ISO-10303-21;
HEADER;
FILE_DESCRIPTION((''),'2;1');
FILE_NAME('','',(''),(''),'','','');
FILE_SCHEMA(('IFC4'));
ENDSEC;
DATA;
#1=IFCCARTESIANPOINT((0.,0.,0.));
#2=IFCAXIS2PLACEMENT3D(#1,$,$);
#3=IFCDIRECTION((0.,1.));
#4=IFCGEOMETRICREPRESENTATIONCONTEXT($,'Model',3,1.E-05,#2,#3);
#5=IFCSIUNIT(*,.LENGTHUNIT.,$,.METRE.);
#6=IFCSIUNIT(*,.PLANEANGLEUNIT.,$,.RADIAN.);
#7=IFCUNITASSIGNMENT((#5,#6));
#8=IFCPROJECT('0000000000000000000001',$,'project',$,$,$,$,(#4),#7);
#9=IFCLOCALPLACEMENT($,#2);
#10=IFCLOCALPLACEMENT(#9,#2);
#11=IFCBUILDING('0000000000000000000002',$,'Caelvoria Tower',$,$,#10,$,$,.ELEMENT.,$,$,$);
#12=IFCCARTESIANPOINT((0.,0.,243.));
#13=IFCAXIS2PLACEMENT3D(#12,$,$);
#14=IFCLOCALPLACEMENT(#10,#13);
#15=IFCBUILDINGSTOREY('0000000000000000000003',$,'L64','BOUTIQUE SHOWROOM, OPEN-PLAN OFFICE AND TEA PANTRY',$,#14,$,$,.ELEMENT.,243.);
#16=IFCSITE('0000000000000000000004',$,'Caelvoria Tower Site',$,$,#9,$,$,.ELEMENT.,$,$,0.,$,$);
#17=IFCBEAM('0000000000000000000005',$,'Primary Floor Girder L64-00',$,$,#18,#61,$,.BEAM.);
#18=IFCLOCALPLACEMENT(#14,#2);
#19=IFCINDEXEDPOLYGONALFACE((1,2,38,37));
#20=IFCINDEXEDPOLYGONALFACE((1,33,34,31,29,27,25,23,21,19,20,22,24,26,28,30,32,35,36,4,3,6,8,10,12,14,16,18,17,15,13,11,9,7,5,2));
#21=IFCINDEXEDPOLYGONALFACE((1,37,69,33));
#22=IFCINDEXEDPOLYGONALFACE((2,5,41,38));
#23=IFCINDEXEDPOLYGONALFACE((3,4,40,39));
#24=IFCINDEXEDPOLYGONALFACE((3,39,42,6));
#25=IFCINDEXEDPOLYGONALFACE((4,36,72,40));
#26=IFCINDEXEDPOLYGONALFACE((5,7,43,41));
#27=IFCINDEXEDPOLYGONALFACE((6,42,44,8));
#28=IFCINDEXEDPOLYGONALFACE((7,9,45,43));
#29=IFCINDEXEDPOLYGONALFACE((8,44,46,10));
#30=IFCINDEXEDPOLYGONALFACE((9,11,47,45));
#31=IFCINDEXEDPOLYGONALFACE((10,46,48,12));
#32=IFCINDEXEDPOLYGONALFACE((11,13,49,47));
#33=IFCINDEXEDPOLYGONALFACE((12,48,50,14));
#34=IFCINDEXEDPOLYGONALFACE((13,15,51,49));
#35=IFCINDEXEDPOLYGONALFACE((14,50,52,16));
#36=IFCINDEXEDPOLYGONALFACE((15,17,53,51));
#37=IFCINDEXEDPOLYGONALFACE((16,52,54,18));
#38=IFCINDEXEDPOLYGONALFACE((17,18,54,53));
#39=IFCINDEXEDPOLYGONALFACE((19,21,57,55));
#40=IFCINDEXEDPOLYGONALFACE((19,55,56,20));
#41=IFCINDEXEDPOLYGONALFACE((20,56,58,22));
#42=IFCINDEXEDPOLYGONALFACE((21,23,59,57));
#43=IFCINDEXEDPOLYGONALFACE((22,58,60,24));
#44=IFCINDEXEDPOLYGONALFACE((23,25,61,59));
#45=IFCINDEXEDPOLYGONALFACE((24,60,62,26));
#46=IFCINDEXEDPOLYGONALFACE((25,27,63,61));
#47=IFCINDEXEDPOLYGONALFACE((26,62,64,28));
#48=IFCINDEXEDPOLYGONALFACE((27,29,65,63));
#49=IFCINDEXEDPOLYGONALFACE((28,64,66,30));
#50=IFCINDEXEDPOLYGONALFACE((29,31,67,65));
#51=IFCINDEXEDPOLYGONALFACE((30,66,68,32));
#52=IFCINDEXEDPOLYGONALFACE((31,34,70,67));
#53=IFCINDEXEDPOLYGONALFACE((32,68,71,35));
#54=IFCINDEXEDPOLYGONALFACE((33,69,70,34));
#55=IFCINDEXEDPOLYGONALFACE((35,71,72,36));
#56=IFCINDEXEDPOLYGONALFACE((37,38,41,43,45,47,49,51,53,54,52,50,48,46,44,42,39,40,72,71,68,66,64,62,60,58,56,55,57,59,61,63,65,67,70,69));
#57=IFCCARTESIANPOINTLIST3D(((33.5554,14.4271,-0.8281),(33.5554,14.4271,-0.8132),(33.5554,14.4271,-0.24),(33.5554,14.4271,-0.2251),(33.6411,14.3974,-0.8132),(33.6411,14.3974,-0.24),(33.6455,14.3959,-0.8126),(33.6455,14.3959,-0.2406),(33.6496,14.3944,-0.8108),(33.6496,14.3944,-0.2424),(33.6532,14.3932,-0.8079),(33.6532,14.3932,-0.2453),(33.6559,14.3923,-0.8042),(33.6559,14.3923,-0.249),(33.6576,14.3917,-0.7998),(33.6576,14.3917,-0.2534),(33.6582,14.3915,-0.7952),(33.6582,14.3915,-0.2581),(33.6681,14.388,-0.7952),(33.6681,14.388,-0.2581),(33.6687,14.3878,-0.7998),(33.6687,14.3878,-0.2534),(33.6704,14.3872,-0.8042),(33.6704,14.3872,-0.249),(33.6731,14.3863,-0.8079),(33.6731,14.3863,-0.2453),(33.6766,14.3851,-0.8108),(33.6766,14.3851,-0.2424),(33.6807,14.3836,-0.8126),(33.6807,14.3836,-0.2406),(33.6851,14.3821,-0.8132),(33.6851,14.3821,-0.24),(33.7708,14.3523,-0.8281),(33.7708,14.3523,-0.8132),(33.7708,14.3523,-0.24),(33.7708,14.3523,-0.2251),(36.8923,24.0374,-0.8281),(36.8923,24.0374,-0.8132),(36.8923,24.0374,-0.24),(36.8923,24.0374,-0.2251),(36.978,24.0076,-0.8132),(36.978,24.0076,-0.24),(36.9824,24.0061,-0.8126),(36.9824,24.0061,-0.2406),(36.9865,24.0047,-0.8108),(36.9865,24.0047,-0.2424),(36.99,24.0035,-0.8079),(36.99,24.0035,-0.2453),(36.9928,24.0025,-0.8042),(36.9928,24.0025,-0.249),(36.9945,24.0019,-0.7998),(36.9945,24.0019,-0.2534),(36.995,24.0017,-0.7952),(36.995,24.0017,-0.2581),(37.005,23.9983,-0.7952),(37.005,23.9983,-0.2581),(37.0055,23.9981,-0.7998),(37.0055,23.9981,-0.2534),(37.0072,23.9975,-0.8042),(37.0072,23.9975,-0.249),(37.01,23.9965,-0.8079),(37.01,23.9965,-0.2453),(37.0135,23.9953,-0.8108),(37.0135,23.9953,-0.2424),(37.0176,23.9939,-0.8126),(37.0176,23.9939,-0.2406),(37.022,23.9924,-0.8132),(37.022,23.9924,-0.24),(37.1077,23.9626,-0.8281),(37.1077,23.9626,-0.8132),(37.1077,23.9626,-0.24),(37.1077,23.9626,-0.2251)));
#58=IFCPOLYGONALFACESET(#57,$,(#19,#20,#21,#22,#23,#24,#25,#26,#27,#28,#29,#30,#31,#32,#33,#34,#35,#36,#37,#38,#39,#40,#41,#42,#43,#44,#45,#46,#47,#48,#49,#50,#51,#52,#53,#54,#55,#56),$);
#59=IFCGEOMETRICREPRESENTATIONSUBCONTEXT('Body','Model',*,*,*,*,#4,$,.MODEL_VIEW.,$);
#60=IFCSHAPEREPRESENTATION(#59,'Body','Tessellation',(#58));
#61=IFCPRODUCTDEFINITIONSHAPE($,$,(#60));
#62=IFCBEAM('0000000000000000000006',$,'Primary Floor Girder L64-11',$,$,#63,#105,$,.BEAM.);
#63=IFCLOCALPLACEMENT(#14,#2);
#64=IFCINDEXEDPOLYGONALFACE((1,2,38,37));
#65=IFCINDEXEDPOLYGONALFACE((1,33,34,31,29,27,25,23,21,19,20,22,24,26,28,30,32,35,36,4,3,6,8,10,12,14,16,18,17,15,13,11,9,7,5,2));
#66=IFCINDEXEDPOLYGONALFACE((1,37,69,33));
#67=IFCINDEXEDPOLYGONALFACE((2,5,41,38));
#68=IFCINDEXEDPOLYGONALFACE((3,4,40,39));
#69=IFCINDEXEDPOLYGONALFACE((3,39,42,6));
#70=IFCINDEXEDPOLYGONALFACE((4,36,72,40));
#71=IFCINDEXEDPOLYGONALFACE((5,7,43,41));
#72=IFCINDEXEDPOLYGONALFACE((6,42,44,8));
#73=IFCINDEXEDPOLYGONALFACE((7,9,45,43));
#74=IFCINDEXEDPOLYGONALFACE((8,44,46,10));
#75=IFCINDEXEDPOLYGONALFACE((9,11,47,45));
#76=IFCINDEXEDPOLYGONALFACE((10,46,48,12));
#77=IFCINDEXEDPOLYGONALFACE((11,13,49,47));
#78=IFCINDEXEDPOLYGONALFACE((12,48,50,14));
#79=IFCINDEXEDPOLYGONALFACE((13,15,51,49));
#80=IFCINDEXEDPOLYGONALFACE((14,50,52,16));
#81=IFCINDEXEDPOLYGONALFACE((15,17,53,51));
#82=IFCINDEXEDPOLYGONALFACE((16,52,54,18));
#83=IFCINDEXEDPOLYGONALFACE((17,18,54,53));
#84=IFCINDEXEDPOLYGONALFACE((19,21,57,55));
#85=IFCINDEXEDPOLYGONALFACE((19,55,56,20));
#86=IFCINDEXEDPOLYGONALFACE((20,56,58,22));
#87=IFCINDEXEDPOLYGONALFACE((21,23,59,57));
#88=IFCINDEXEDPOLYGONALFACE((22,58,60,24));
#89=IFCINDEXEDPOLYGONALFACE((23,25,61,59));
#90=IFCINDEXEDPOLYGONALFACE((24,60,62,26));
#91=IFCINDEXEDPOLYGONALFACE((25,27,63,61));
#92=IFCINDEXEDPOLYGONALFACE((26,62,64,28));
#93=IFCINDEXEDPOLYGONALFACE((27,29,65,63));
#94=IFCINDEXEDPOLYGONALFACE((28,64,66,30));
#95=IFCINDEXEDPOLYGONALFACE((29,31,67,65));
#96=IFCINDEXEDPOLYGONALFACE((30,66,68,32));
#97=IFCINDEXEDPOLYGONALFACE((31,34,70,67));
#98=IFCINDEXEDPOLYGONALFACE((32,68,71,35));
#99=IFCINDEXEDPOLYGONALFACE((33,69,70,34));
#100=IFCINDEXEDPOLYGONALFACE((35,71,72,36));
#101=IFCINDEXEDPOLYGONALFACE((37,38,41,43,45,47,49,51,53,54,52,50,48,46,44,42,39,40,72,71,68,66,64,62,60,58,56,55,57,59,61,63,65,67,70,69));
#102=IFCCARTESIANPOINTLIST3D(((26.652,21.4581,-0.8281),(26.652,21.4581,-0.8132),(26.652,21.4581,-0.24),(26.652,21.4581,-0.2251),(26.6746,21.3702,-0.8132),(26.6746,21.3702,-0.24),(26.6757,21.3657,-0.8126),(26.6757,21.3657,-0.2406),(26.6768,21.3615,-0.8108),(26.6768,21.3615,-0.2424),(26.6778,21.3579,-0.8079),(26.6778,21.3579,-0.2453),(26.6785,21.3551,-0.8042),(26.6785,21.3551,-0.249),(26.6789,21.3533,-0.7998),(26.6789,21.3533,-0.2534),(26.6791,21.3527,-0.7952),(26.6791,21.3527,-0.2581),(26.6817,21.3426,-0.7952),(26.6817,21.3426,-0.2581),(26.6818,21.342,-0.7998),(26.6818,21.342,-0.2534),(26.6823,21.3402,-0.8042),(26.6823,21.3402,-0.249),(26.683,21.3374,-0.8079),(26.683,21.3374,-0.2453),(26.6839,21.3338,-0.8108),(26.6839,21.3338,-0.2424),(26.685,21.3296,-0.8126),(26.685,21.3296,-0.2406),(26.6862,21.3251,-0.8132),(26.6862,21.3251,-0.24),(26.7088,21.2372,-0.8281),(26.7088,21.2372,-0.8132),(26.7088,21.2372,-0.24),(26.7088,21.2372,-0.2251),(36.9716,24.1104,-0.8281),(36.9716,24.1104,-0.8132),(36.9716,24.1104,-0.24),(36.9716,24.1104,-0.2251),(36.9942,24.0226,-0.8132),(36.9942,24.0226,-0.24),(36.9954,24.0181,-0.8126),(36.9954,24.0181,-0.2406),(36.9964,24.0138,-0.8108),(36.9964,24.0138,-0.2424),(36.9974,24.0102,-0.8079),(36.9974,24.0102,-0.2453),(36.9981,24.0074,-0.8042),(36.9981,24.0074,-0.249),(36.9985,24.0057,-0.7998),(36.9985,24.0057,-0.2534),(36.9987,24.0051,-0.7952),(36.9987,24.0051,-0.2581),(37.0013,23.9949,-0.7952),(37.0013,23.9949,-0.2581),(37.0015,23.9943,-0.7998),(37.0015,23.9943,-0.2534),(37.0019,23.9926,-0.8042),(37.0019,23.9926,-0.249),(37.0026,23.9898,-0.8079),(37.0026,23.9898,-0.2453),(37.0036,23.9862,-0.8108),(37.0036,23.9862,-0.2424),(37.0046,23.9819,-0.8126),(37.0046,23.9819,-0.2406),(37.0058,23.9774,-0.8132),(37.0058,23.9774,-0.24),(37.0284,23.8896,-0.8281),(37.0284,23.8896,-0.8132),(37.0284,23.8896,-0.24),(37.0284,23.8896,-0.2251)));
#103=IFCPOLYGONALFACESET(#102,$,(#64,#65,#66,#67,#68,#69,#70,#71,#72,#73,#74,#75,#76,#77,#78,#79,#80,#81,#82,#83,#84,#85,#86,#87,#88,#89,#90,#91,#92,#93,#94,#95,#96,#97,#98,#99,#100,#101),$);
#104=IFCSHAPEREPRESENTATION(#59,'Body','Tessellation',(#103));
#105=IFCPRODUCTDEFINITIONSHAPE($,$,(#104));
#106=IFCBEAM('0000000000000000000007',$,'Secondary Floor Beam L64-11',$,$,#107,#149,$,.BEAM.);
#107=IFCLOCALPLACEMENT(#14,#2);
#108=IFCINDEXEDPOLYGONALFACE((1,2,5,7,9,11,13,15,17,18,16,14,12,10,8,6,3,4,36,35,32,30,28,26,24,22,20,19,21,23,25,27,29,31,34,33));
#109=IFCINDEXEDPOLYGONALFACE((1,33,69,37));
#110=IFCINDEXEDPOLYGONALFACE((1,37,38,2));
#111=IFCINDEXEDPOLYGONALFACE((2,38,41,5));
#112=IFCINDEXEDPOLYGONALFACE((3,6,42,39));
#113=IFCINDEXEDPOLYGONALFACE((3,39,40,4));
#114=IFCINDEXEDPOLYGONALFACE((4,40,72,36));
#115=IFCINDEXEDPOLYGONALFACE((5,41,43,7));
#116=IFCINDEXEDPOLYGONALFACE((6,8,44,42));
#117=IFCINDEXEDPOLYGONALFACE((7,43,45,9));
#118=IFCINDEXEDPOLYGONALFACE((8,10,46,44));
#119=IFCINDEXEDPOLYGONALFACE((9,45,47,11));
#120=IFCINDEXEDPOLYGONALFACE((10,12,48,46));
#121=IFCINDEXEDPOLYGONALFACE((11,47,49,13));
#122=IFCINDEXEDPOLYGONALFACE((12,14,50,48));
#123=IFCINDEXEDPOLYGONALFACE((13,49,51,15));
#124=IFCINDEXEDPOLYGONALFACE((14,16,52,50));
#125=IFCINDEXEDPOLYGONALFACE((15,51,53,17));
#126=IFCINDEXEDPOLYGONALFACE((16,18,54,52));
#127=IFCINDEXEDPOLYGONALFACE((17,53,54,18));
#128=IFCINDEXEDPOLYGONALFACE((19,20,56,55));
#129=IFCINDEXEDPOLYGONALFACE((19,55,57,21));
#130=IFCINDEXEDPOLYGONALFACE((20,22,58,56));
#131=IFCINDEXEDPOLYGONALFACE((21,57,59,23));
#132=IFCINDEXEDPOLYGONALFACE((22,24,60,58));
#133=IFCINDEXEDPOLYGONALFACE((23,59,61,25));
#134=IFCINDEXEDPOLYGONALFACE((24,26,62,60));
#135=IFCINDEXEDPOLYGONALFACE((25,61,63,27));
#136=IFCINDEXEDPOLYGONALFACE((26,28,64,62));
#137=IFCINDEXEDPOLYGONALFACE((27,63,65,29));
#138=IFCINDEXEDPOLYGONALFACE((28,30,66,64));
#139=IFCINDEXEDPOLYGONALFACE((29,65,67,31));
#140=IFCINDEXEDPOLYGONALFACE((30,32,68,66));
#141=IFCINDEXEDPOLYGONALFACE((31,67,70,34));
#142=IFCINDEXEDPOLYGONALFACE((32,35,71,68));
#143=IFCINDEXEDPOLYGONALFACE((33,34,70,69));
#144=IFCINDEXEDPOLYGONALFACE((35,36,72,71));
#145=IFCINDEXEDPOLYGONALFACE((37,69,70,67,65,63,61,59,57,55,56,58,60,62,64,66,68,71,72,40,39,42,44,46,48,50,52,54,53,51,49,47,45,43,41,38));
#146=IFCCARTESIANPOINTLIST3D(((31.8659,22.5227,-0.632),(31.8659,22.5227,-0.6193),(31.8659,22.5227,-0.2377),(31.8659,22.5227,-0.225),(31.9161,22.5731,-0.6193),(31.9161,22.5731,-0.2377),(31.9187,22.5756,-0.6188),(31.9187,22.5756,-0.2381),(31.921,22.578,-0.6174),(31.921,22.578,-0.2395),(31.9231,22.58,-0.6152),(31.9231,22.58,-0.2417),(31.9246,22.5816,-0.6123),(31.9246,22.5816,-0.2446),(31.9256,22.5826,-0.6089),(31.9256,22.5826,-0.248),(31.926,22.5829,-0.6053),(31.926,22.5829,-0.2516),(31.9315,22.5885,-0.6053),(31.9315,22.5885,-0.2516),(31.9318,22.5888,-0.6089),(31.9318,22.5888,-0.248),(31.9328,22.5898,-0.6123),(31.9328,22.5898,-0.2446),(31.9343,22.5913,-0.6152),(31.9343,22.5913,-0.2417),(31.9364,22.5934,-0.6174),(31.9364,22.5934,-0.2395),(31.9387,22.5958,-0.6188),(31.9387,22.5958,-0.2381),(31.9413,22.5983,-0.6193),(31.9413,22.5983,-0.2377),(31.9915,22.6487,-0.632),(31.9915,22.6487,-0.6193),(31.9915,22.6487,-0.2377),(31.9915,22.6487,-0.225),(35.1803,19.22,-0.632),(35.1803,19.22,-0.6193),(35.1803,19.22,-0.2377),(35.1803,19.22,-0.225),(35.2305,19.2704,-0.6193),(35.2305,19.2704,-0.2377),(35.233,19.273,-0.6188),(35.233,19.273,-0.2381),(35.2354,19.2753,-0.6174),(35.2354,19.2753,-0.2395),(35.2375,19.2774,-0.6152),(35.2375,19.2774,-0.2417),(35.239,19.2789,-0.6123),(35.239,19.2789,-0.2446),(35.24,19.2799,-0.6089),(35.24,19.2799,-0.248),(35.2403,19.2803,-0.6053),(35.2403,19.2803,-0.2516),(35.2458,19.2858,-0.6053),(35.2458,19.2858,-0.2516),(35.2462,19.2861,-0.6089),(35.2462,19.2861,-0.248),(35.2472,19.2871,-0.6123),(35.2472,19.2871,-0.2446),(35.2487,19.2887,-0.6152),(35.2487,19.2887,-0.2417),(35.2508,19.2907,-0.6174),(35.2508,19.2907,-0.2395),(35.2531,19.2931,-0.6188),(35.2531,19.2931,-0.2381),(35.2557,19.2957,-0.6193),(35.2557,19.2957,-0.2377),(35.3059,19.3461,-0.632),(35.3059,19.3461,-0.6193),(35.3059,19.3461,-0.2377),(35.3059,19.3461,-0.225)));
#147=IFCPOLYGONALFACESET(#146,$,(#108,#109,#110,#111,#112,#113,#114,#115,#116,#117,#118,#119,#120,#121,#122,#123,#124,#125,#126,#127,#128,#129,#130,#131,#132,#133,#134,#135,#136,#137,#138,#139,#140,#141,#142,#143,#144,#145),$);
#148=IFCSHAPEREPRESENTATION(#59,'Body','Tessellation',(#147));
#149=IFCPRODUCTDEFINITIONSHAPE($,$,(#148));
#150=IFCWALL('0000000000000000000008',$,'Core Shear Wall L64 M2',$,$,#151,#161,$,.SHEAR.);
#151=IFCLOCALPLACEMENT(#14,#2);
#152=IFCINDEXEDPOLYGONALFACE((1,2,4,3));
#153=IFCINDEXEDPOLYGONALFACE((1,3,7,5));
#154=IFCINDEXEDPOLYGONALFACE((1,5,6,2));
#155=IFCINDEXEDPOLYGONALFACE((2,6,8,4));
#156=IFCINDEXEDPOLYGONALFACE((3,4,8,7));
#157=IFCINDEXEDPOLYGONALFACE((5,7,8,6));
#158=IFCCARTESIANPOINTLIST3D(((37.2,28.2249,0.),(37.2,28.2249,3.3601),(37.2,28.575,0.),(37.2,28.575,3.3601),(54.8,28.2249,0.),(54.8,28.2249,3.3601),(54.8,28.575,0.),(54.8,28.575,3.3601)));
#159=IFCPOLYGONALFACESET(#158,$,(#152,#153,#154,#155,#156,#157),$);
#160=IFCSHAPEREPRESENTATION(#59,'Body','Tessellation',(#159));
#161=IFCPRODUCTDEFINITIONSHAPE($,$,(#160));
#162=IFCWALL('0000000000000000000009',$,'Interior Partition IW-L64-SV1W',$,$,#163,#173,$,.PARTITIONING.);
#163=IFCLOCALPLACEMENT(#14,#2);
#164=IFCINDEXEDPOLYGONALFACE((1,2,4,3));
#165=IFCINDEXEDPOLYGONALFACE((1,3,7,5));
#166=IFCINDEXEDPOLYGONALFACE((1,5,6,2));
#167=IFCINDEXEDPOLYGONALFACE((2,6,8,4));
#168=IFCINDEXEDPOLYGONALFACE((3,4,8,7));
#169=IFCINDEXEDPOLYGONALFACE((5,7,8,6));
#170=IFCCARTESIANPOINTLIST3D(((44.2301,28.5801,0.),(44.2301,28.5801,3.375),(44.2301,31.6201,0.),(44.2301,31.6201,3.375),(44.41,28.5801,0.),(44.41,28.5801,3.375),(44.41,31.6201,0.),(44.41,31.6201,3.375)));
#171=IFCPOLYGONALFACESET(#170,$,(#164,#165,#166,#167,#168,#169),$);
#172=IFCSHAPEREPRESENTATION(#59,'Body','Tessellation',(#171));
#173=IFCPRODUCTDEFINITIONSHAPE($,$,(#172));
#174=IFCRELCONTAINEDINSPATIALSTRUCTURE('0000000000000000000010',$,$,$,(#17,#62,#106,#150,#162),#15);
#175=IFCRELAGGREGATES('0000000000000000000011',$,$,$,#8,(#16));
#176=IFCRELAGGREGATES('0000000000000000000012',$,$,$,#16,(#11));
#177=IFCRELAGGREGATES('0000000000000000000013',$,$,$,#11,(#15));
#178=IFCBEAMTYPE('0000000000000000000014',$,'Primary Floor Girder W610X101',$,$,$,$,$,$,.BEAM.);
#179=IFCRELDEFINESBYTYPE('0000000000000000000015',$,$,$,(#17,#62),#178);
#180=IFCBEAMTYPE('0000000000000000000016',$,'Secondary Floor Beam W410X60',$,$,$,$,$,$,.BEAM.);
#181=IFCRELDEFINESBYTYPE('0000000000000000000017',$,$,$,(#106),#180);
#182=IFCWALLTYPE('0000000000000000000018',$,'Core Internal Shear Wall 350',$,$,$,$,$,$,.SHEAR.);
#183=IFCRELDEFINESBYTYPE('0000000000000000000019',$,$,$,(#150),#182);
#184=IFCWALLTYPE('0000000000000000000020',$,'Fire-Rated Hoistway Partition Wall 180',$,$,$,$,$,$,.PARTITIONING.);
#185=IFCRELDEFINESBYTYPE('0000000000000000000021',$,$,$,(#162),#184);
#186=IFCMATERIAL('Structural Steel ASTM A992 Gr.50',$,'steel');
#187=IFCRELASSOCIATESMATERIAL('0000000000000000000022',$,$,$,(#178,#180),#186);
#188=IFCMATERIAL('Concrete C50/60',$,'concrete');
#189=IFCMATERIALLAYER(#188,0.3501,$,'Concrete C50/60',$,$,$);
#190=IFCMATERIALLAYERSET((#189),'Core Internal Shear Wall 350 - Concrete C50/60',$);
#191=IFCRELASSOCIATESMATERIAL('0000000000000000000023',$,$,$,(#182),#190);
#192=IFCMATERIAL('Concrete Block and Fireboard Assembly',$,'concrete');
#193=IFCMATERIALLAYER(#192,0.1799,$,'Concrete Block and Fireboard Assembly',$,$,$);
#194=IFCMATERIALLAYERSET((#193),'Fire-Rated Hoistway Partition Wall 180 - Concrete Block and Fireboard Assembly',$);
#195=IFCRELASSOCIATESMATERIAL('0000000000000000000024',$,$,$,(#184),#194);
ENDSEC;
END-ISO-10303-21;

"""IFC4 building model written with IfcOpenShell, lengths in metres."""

from ifc_helpers import new_model, si_unit, direction, frame, frame_2d, origin, origin_2d, place, context, subcontext, project, spatial, rectangle, i_section, extrude, material, layer, layer_set, material_profile, profile_set, type_object, element, save


model = new_model("IFC4")

# Units and contexts
model_context = context("Model", 3, precision=1e-05, world=origin(), true_north=direction((0.0, 1.0)))
body_context = subcontext(model_context, "Body", "Model", "MODEL_VIEW")
ifc_project = project(units=[si_unit("LENGTHUNIT", "METRE"), si_unit("PLANEANGLEUNIT", "RADIAN")], contexts=[model_context])

# Site, building, storey
site_placement = place(None, origin())
site = spatial("IfcSite", under=ifc_project, at=site_placement, Name="Caelvoria Tower Site", CompositionType="ELEMENT", RefElevation=0.0)
building_placement = place(site_placement, origin())
building = spatial("IfcBuilding", under=site, at=building_placement, Name="Caelvoria Tower", CompositionType="ELEMENT")
storey_placement = place(building_placement, frame((0.0, 0.0, 243.0)))
storey = spatial("IfcBuildingStorey", under=building, at=storey_placement, Name="L64", Description="BOUTIQUE SHOWROOM, OPEN-PLAN OFFICE AND TEA PANTRY", CompositionType="ELEMENT", Elevation=243.0)

# Beams
ifc_material_1 = material(Name="Structural Steel ASTM A992 Gr.50", Category="steel")
ifc_material_profile_1 = material_profile(ifc_material_1, i_section(OverallWidth=0.228, OverallDepth=0.603, WebThickness=0.0105, FlangeThickness=0.0149, FilletRadius=0.0181, at=origin_2d()), Name="Structural Steel ASTM A992 Gr.50")
ifc_profile_set_1 = profile_set([ifc_material_profile_1], Name="W610X101 - Structural Steel ASTM A992 Gr.50")
beam_type_1 = type_object("IfcBeamType", Name="Primary Floor Girder W610X101", PredefinedType="BEAM", material=ifc_profile_set_1)
beam_1_placement = place(storey_placement, frame((37.0, 24.0, -0.5266), z_axis=(-0.32801, -0.944674, 0.0), x_axis=(0.944674, -0.32801, 0.0)))
element("IfcBeam", 1, at=beam_1_placement, inside=storey, type_object=beam_type_1, Name="Primary Floor Girder L64-00", PredefinedType="BEAM", context=body_context, shape_type="SweptSolid", body=[
    extrude(i_section(OverallWidth=0.228, OverallDepth=0.603, WebThickness=0.0105, FlangeThickness=0.0149, FilletRadius=0.0181, at=origin_2d()), origin(), (0.0, 0.0, 1.0), 10.1731),
])
beam_2_placement = place(storey_placement, frame((37.0, 24.0, -0.5266), z_axis=(-0.968522, -0.24893, 0.0), x_axis=(0.24893, -0.968522, 0.0)))
element("IfcBeam", 2, at=beam_2_placement, inside=storey, type_object=beam_type_1, Name="Primary Floor Girder L64-11", PredefinedType="BEAM", context=body_context, shape_type="SweptSolid", body=[
    extrude(i_section(OverallWidth=0.228, OverallDepth=0.603, WebThickness=0.0105, FlangeThickness=0.0149, FilletRadius=0.0181, at=origin_2d()), origin(), (0.0, 0.0, 1.0), 10.655),
])
ifc_material_profile_2 = material_profile(ifc_material_1, i_section(OverallWidth=0.178, OverallDepth=0.407, WebThickness=0.0078, FlangeThickness=0.0127, FilletRadius=0.0139, at=origin_2d()), Name="Structural Steel ASTM A992 Gr.50")
ifc_profile_set_2 = profile_set([ifc_material_profile_2], Name="W410X60 - Structural Steel ASTM A992 Gr.50")
beam_type_2 = type_object("IfcBeamType", Name="Secondary Floor Beam W410X60", PredefinedType="BEAM", material=ifc_profile_set_2)
beam_3_placement = place(storey_placement, frame((31.9287, 22.5857, -0.4285), z_axis=(0.708358, -0.705853, 0.0), x_axis=(0.705853, 0.708358, 0.0)))
element("IfcBeam", 3, at=beam_3_placement, inside=storey, type_object=beam_type_2, Name="Secondary Floor Beam L64-11", PredefinedType="BEAM", context=body_context, shape_type="SweptSolid", body=[
    extrude(i_section(OverallWidth=0.178, OverallDepth=0.407, WebThickness=0.0078, FlangeThickness=0.0127, FilletRadius=0.0139, at=origin_2d()), origin(), (0.0, 0.0, 1.0), 4.679),
])

# Wall
ifc_material_2 = material(Name="Concrete C50/60", Category="concrete")
ifc_layer_1 = layer(ifc_material_2, 0.3501, Name="Concrete C50/60")
ifc_layer_set_1 = layer_set([ifc_layer_1], Name="Core Internal Shear Wall 350 - Concrete C50/60")
wall_type_1 = type_object("IfcWallType", Name="Core Internal Shear Wall 350", PredefinedType="SHEAR", material=ifc_layer_set_1)
wall_1_placement = place(storey_placement, frame((37.2, 28.3999, 0.0), z_axis=(0.0, 0.0, 1.0), x_axis=(1.0, 0.0, 0.0)))
element("IfcWall", 4, at=wall_1_placement, inside=storey, type_object=wall_type_1, Name="Core Shear Wall L64 M2", PredefinedType="SHEAR", context=body_context, shape_type="SweptSolid", body=[
    extrude(rectangle(XDim=17.6001, YDim=0.3501, at=frame_2d((8.8, 0.0))), origin(), (0.0, 0.0, 1.0), 3.3601),
])

# Wall
ifc_material_3 = material(Name="Concrete Block and Fireboard Assembly", Category="concrete")
ifc_layer_2 = layer(ifc_material_3, 0.1799, Name="Concrete Block and Fireboard Assembly")
ifc_layer_set_2 = layer_set([ifc_layer_2], Name="Fire-Rated Hoistway Partition Wall 180 - Concrete Block and Fireboard Assembly")
wall_type_2 = type_object("IfcWallType", Name="Fire-Rated Hoistway Partition Wall 180", PredefinedType="PARTITIONING", material=ifc_layer_set_2)
wall_2_placement = place(storey_placement, frame((44.3201, 28.5801, 0.0), z_axis=(0.0, 0.0, 1.0), x_axis=(0.0, 1.0, 0.0)))
element("IfcWall", 5, at=wall_2_placement, inside=storey, type_object=wall_type_2, Name="Interior Partition IW-L64-SV1W", PredefinedType="PARTITIONING", context=body_context, shape_type="SweptSolid", body=[
    extrude(rectangle(XDim=3.04, YDim=0.1799, at=frame_2d((1.52, 0.0))), origin(), (0.0, 0.0, 1.0), 3.375),
])

save(model, "model.ifc")
